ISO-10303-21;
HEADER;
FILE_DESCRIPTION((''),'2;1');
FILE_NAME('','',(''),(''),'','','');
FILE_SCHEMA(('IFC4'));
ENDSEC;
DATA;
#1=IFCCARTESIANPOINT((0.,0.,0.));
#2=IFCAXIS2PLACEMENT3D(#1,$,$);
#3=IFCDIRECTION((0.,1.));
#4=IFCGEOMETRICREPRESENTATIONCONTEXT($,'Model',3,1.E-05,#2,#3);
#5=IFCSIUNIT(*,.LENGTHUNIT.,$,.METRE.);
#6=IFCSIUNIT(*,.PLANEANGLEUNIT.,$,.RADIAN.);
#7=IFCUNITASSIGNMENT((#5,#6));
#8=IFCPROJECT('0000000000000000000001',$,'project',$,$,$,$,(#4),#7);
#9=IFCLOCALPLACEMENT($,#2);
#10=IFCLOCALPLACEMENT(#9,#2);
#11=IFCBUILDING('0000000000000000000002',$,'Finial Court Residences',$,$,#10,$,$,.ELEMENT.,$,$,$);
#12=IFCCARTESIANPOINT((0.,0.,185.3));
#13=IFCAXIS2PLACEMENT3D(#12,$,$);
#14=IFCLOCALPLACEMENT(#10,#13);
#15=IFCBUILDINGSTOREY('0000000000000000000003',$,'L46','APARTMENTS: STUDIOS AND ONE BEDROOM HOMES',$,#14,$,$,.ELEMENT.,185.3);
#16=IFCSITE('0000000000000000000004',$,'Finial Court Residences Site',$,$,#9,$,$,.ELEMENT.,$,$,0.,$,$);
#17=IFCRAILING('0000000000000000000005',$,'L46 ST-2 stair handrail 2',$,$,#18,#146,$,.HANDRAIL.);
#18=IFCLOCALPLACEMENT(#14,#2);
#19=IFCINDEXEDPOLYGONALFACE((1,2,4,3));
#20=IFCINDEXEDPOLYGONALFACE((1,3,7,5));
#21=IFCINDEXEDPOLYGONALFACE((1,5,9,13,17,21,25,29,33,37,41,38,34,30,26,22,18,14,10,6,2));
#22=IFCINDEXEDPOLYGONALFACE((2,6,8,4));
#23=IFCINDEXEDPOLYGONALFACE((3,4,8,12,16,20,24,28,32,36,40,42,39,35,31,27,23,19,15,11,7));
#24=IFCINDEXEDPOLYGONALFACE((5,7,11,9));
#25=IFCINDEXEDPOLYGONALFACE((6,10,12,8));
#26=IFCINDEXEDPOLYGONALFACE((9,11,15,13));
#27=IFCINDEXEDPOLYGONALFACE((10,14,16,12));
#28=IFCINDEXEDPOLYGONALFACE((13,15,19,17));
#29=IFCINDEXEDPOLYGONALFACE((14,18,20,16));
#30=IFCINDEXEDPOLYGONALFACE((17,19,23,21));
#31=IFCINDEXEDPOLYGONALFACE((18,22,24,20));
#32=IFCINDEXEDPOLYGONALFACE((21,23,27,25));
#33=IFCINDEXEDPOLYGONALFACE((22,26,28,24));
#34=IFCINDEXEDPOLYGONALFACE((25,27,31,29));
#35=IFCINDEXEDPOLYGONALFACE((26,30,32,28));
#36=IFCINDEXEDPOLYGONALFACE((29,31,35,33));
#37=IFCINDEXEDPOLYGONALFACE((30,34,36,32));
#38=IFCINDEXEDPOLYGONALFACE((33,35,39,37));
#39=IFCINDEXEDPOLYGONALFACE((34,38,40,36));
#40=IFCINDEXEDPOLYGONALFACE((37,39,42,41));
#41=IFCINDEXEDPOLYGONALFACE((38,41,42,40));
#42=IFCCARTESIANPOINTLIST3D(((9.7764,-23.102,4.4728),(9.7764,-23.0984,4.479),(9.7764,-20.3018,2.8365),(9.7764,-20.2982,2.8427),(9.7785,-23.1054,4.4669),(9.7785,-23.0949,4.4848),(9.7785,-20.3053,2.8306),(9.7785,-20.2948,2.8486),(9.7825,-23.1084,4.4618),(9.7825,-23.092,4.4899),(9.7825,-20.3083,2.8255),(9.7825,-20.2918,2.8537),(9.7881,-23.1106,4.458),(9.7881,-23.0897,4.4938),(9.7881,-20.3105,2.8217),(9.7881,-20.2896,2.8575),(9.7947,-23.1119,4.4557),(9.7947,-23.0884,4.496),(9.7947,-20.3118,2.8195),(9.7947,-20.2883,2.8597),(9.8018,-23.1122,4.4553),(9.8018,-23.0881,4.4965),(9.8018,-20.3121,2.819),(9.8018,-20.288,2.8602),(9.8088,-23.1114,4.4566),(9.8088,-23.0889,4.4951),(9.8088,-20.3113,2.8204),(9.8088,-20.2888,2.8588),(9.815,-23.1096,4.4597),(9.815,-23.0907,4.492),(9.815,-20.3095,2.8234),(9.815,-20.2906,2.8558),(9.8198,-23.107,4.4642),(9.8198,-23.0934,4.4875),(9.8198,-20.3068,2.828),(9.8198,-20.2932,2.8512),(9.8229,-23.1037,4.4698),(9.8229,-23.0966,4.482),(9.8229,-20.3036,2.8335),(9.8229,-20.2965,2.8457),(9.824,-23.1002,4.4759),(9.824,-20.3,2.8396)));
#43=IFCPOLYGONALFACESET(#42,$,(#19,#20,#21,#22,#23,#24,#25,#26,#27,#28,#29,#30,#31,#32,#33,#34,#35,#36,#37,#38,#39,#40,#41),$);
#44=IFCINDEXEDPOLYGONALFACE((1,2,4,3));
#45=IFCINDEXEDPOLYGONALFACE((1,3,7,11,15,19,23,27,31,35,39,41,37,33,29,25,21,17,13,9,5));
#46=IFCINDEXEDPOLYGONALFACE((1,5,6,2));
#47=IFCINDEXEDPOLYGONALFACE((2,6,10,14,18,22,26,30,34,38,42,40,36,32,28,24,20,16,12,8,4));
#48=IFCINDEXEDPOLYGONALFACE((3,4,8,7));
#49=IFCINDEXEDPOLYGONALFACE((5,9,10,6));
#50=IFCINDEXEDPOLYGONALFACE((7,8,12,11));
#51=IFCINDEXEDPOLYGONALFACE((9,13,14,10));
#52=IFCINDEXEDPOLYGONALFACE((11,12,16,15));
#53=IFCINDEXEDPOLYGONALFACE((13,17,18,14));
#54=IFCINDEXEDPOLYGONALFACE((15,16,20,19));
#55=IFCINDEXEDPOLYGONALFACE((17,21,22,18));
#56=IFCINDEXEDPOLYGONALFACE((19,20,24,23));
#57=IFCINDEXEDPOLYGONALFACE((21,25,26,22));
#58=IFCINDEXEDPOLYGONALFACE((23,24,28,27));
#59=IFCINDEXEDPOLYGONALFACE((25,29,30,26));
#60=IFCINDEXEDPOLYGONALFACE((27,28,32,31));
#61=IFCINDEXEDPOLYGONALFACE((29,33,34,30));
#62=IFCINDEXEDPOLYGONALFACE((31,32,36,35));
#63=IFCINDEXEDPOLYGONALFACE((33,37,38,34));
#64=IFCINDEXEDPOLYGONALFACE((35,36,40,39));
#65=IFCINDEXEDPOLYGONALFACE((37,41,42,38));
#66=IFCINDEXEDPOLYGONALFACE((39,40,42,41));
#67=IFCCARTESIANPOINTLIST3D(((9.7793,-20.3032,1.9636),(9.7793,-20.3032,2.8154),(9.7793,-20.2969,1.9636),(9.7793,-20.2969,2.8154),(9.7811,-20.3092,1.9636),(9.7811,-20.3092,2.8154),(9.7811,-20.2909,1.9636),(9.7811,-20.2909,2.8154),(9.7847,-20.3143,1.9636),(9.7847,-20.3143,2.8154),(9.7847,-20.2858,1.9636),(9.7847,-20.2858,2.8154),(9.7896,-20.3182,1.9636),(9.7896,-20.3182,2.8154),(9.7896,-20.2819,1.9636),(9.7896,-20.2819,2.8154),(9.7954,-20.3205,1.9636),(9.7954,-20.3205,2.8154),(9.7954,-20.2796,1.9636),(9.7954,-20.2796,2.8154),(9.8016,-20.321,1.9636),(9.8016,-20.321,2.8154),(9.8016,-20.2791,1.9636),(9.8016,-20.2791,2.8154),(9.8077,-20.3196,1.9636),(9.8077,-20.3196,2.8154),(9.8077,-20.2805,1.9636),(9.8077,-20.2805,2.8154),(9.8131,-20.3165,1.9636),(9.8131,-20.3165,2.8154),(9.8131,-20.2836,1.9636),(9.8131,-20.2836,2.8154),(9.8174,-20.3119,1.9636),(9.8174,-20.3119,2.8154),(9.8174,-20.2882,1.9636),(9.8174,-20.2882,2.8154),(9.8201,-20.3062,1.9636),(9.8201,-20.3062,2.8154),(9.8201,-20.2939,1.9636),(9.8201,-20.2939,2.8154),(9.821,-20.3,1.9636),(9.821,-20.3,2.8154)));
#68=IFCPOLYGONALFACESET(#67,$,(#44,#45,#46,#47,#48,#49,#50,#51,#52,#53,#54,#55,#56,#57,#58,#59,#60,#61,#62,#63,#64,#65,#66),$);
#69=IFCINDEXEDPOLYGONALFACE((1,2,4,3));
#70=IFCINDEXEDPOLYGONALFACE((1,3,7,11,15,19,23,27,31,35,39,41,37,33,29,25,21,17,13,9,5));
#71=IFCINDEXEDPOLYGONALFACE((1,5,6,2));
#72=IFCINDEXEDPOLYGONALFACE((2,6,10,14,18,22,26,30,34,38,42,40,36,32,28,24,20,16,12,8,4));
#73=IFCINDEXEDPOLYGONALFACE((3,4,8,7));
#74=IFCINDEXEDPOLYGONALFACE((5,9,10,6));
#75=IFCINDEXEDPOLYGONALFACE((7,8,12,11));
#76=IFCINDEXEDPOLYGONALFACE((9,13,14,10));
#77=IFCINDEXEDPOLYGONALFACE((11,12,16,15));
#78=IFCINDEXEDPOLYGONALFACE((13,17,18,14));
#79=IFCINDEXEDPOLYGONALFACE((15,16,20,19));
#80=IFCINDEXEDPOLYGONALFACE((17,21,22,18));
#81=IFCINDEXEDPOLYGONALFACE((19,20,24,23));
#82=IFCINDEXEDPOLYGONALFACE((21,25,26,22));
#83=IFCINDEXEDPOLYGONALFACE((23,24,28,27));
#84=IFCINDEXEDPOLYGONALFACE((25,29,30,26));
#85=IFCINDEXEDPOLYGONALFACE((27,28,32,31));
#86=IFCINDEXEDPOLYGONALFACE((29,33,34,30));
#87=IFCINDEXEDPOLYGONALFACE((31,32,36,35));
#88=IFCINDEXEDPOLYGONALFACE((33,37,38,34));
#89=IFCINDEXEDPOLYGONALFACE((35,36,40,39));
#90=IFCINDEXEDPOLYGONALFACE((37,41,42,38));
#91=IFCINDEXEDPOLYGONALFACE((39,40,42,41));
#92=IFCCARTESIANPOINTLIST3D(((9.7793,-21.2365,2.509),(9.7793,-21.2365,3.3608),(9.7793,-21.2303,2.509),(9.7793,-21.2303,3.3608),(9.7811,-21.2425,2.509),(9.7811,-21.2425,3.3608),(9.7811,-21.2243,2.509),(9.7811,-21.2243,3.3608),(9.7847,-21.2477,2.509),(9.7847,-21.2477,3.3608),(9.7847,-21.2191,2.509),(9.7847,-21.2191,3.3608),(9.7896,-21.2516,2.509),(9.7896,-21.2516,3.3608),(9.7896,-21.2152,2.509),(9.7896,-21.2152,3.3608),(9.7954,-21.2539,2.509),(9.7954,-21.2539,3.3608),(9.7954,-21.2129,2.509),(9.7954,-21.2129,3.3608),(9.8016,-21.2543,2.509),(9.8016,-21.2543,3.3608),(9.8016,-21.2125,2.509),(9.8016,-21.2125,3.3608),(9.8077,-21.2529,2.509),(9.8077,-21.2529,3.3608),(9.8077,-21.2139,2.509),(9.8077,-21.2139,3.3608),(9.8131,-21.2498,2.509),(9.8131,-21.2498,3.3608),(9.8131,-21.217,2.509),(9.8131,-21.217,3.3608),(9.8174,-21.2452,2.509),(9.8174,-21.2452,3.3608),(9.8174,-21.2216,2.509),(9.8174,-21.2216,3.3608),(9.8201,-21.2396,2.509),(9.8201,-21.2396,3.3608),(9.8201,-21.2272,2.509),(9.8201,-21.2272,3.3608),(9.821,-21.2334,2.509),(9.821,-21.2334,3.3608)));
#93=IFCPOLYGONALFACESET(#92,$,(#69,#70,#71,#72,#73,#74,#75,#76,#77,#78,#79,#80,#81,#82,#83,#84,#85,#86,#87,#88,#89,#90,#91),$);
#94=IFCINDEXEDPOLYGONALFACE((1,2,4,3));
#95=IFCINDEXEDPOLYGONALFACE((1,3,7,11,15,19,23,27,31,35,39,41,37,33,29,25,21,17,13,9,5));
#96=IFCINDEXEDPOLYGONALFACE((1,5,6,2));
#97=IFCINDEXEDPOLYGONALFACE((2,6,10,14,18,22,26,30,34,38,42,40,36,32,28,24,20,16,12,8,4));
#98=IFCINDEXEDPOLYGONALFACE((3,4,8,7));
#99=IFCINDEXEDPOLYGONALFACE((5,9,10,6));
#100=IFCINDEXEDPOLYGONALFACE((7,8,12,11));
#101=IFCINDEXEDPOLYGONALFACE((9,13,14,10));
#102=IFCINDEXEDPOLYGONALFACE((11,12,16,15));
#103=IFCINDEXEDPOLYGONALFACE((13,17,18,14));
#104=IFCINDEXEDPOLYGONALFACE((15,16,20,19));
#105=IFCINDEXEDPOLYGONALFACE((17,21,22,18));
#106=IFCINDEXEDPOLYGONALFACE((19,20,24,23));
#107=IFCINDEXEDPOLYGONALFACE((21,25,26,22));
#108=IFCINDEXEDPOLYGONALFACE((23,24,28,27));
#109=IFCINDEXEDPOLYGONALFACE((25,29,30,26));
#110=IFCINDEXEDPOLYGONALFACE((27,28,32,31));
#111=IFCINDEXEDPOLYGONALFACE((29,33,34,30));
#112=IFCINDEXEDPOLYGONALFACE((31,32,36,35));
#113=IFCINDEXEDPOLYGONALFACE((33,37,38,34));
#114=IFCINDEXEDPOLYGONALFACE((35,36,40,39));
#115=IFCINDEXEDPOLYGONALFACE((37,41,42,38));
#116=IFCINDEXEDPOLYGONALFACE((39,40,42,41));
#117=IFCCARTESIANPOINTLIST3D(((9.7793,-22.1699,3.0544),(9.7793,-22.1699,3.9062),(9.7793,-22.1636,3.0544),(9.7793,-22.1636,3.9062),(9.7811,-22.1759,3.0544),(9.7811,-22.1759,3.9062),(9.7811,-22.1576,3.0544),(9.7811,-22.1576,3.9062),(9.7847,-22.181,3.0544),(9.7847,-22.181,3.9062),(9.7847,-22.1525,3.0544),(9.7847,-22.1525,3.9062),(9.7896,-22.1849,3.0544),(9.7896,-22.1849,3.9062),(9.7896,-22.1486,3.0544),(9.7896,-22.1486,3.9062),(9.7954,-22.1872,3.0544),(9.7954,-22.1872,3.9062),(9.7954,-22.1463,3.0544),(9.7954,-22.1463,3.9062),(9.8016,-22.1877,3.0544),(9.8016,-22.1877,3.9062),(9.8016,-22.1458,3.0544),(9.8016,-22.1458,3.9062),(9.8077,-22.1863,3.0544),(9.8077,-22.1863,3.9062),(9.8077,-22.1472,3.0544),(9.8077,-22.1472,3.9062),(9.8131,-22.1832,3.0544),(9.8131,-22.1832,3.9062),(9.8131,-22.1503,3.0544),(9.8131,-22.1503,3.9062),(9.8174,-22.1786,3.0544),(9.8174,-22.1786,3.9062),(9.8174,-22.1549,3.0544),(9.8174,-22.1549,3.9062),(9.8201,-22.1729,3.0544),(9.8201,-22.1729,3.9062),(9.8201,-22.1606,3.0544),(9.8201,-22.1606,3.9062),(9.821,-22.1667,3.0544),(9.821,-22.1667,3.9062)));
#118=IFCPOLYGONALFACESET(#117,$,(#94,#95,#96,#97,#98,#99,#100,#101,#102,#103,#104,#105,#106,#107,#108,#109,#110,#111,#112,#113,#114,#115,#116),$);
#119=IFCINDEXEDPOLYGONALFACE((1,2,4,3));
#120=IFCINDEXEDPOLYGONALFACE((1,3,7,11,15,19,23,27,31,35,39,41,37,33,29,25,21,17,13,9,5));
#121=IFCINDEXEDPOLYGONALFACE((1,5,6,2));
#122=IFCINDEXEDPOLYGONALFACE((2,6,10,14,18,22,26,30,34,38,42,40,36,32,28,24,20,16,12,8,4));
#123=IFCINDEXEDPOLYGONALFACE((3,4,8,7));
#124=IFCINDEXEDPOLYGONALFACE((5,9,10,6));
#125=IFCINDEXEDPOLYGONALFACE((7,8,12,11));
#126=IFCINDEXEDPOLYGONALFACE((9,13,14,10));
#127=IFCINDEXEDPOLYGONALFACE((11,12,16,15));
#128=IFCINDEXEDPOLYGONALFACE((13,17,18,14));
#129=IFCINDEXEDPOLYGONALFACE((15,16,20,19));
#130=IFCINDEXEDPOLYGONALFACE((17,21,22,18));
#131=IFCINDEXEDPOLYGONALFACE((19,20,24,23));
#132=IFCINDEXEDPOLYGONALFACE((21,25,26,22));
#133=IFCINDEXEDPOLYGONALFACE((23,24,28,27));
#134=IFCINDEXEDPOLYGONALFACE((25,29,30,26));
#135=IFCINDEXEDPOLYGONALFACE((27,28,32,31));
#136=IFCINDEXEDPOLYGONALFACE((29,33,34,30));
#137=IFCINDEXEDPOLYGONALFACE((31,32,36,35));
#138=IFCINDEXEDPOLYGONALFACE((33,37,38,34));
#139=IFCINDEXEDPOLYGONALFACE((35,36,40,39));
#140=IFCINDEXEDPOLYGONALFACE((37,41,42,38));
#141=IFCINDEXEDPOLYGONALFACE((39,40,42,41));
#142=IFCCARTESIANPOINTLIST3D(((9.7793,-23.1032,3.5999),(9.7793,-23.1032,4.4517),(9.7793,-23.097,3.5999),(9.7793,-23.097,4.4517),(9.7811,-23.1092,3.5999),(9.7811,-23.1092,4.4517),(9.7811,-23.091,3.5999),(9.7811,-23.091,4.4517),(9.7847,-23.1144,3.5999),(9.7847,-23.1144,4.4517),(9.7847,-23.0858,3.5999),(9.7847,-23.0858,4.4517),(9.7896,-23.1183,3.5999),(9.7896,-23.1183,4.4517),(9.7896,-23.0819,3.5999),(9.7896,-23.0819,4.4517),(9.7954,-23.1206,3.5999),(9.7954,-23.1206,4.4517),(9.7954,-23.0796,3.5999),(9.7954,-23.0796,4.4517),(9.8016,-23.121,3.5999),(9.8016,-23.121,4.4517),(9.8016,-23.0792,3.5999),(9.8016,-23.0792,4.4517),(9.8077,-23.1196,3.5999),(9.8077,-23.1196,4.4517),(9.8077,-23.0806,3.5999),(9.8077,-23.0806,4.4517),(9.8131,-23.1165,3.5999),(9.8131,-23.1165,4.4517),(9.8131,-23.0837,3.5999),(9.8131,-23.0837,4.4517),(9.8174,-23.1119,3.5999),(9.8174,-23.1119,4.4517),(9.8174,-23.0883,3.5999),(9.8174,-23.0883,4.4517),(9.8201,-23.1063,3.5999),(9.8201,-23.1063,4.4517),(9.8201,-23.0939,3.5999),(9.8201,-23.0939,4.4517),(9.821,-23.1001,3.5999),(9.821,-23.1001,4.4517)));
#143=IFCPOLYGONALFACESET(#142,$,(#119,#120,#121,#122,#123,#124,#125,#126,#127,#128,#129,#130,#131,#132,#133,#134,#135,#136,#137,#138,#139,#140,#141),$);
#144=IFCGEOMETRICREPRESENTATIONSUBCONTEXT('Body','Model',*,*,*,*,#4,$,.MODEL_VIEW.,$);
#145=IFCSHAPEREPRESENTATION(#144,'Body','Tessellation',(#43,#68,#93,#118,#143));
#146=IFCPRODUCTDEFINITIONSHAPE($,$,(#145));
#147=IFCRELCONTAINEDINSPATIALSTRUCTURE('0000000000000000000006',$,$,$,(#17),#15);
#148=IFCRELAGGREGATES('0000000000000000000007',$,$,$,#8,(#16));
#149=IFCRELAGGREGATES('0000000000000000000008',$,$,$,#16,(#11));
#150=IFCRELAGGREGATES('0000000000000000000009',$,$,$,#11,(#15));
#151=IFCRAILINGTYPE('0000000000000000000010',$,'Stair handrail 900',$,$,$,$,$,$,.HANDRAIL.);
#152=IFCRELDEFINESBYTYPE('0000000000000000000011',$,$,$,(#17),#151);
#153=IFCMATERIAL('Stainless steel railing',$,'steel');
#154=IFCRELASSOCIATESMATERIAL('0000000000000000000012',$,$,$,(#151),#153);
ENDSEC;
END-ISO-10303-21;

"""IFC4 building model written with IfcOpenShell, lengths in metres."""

from ifc_helpers import new_model, si_unit, direction, frame, origin, origin_2d, place, context, subcontext, project, spatial, circle, extrude, material, type_object, element, save


model = new_model("IFC4")

# Units and contexts
model_context = context("Model", 3, precision=1e-05, world=origin(), true_north=direction((0.0, 1.0)))
body_context = subcontext(model_context, "Body", "Model", "MODEL_VIEW")
ifc_project = project(units=[si_unit("LENGTHUNIT", "METRE"), si_unit("PLANEANGLEUNIT", "RADIAN")], contexts=[model_context])

# Site, building, storey
site_placement = place(None, origin())
site = spatial("IfcSite", under=ifc_project, at=site_placement, Name="Finial Court Residences Site", CompositionType="ELEMENT", RefElevation=0.0)
building_placement = place(site_placement, origin())
building = spatial("IfcBuilding", under=site, at=building_placement, Name="Finial Court Residences", CompositionType="ELEMENT")
storey_placement = place(building_placement, frame((0.0, 0.0, 185.3)))
storey = spatial("IfcBuildingStorey", under=building, at=storey_placement, Name="L46", Description="APARTMENTS: STUDIOS AND ONE BEDROOM HOMES", CompositionType="ELEMENT", Elevation=185.3)

# Railing
ifc_material_1 = material(Name="Stainless steel railing", Category="steel")
railing_type_1 = type_object("IfcRailingType", Name="Stair handrail 900", PredefinedType="HANDRAIL", material=ifc_material_1)
railing_1_placement = place(storey_placement, frame((9.8, -20.3, 1.9636)))
element("IfcRailing", 1, at=railing_1_placement, inside=storey, type_object=railing_type_1, Name="L46 ST-2 stair handrail 2", PredefinedType="HANDRAIL", context=body_context, shape_type="SweptSolid", body=[
    extrude(circle(Radius=0.0239, at=origin_2d()), frame((0.0, 0.0, 0.876), z_axis=(0.0, -0.863394, 0.504531), x_axis=(1.0, 0.0, 0.0)), (0.0, 0.0, 1.0), 3.2432),
    extrude(circle(Radius=0.021, at=origin_2d()), origin(), (0.0, 0.0, 1.0), 0.8518),
    extrude(circle(Radius=0.021, at=origin_2d()), frame((0.0, -0.9333, 0.5454)), (0.0, 0.0, 1.0), 0.8518),
    extrude(circle(Radius=0.021, at=origin_2d()), frame((0.0, -1.8667, 1.0908)), (0.0, 0.0, 1.0), 0.8518),
    extrude(circle(Radius=0.021, at=origin_2d()), frame((0.0, -2.8, 1.6362)), (0.0, 0.0, 1.0), 0.8518),
])

save(model, "model.ifc")
